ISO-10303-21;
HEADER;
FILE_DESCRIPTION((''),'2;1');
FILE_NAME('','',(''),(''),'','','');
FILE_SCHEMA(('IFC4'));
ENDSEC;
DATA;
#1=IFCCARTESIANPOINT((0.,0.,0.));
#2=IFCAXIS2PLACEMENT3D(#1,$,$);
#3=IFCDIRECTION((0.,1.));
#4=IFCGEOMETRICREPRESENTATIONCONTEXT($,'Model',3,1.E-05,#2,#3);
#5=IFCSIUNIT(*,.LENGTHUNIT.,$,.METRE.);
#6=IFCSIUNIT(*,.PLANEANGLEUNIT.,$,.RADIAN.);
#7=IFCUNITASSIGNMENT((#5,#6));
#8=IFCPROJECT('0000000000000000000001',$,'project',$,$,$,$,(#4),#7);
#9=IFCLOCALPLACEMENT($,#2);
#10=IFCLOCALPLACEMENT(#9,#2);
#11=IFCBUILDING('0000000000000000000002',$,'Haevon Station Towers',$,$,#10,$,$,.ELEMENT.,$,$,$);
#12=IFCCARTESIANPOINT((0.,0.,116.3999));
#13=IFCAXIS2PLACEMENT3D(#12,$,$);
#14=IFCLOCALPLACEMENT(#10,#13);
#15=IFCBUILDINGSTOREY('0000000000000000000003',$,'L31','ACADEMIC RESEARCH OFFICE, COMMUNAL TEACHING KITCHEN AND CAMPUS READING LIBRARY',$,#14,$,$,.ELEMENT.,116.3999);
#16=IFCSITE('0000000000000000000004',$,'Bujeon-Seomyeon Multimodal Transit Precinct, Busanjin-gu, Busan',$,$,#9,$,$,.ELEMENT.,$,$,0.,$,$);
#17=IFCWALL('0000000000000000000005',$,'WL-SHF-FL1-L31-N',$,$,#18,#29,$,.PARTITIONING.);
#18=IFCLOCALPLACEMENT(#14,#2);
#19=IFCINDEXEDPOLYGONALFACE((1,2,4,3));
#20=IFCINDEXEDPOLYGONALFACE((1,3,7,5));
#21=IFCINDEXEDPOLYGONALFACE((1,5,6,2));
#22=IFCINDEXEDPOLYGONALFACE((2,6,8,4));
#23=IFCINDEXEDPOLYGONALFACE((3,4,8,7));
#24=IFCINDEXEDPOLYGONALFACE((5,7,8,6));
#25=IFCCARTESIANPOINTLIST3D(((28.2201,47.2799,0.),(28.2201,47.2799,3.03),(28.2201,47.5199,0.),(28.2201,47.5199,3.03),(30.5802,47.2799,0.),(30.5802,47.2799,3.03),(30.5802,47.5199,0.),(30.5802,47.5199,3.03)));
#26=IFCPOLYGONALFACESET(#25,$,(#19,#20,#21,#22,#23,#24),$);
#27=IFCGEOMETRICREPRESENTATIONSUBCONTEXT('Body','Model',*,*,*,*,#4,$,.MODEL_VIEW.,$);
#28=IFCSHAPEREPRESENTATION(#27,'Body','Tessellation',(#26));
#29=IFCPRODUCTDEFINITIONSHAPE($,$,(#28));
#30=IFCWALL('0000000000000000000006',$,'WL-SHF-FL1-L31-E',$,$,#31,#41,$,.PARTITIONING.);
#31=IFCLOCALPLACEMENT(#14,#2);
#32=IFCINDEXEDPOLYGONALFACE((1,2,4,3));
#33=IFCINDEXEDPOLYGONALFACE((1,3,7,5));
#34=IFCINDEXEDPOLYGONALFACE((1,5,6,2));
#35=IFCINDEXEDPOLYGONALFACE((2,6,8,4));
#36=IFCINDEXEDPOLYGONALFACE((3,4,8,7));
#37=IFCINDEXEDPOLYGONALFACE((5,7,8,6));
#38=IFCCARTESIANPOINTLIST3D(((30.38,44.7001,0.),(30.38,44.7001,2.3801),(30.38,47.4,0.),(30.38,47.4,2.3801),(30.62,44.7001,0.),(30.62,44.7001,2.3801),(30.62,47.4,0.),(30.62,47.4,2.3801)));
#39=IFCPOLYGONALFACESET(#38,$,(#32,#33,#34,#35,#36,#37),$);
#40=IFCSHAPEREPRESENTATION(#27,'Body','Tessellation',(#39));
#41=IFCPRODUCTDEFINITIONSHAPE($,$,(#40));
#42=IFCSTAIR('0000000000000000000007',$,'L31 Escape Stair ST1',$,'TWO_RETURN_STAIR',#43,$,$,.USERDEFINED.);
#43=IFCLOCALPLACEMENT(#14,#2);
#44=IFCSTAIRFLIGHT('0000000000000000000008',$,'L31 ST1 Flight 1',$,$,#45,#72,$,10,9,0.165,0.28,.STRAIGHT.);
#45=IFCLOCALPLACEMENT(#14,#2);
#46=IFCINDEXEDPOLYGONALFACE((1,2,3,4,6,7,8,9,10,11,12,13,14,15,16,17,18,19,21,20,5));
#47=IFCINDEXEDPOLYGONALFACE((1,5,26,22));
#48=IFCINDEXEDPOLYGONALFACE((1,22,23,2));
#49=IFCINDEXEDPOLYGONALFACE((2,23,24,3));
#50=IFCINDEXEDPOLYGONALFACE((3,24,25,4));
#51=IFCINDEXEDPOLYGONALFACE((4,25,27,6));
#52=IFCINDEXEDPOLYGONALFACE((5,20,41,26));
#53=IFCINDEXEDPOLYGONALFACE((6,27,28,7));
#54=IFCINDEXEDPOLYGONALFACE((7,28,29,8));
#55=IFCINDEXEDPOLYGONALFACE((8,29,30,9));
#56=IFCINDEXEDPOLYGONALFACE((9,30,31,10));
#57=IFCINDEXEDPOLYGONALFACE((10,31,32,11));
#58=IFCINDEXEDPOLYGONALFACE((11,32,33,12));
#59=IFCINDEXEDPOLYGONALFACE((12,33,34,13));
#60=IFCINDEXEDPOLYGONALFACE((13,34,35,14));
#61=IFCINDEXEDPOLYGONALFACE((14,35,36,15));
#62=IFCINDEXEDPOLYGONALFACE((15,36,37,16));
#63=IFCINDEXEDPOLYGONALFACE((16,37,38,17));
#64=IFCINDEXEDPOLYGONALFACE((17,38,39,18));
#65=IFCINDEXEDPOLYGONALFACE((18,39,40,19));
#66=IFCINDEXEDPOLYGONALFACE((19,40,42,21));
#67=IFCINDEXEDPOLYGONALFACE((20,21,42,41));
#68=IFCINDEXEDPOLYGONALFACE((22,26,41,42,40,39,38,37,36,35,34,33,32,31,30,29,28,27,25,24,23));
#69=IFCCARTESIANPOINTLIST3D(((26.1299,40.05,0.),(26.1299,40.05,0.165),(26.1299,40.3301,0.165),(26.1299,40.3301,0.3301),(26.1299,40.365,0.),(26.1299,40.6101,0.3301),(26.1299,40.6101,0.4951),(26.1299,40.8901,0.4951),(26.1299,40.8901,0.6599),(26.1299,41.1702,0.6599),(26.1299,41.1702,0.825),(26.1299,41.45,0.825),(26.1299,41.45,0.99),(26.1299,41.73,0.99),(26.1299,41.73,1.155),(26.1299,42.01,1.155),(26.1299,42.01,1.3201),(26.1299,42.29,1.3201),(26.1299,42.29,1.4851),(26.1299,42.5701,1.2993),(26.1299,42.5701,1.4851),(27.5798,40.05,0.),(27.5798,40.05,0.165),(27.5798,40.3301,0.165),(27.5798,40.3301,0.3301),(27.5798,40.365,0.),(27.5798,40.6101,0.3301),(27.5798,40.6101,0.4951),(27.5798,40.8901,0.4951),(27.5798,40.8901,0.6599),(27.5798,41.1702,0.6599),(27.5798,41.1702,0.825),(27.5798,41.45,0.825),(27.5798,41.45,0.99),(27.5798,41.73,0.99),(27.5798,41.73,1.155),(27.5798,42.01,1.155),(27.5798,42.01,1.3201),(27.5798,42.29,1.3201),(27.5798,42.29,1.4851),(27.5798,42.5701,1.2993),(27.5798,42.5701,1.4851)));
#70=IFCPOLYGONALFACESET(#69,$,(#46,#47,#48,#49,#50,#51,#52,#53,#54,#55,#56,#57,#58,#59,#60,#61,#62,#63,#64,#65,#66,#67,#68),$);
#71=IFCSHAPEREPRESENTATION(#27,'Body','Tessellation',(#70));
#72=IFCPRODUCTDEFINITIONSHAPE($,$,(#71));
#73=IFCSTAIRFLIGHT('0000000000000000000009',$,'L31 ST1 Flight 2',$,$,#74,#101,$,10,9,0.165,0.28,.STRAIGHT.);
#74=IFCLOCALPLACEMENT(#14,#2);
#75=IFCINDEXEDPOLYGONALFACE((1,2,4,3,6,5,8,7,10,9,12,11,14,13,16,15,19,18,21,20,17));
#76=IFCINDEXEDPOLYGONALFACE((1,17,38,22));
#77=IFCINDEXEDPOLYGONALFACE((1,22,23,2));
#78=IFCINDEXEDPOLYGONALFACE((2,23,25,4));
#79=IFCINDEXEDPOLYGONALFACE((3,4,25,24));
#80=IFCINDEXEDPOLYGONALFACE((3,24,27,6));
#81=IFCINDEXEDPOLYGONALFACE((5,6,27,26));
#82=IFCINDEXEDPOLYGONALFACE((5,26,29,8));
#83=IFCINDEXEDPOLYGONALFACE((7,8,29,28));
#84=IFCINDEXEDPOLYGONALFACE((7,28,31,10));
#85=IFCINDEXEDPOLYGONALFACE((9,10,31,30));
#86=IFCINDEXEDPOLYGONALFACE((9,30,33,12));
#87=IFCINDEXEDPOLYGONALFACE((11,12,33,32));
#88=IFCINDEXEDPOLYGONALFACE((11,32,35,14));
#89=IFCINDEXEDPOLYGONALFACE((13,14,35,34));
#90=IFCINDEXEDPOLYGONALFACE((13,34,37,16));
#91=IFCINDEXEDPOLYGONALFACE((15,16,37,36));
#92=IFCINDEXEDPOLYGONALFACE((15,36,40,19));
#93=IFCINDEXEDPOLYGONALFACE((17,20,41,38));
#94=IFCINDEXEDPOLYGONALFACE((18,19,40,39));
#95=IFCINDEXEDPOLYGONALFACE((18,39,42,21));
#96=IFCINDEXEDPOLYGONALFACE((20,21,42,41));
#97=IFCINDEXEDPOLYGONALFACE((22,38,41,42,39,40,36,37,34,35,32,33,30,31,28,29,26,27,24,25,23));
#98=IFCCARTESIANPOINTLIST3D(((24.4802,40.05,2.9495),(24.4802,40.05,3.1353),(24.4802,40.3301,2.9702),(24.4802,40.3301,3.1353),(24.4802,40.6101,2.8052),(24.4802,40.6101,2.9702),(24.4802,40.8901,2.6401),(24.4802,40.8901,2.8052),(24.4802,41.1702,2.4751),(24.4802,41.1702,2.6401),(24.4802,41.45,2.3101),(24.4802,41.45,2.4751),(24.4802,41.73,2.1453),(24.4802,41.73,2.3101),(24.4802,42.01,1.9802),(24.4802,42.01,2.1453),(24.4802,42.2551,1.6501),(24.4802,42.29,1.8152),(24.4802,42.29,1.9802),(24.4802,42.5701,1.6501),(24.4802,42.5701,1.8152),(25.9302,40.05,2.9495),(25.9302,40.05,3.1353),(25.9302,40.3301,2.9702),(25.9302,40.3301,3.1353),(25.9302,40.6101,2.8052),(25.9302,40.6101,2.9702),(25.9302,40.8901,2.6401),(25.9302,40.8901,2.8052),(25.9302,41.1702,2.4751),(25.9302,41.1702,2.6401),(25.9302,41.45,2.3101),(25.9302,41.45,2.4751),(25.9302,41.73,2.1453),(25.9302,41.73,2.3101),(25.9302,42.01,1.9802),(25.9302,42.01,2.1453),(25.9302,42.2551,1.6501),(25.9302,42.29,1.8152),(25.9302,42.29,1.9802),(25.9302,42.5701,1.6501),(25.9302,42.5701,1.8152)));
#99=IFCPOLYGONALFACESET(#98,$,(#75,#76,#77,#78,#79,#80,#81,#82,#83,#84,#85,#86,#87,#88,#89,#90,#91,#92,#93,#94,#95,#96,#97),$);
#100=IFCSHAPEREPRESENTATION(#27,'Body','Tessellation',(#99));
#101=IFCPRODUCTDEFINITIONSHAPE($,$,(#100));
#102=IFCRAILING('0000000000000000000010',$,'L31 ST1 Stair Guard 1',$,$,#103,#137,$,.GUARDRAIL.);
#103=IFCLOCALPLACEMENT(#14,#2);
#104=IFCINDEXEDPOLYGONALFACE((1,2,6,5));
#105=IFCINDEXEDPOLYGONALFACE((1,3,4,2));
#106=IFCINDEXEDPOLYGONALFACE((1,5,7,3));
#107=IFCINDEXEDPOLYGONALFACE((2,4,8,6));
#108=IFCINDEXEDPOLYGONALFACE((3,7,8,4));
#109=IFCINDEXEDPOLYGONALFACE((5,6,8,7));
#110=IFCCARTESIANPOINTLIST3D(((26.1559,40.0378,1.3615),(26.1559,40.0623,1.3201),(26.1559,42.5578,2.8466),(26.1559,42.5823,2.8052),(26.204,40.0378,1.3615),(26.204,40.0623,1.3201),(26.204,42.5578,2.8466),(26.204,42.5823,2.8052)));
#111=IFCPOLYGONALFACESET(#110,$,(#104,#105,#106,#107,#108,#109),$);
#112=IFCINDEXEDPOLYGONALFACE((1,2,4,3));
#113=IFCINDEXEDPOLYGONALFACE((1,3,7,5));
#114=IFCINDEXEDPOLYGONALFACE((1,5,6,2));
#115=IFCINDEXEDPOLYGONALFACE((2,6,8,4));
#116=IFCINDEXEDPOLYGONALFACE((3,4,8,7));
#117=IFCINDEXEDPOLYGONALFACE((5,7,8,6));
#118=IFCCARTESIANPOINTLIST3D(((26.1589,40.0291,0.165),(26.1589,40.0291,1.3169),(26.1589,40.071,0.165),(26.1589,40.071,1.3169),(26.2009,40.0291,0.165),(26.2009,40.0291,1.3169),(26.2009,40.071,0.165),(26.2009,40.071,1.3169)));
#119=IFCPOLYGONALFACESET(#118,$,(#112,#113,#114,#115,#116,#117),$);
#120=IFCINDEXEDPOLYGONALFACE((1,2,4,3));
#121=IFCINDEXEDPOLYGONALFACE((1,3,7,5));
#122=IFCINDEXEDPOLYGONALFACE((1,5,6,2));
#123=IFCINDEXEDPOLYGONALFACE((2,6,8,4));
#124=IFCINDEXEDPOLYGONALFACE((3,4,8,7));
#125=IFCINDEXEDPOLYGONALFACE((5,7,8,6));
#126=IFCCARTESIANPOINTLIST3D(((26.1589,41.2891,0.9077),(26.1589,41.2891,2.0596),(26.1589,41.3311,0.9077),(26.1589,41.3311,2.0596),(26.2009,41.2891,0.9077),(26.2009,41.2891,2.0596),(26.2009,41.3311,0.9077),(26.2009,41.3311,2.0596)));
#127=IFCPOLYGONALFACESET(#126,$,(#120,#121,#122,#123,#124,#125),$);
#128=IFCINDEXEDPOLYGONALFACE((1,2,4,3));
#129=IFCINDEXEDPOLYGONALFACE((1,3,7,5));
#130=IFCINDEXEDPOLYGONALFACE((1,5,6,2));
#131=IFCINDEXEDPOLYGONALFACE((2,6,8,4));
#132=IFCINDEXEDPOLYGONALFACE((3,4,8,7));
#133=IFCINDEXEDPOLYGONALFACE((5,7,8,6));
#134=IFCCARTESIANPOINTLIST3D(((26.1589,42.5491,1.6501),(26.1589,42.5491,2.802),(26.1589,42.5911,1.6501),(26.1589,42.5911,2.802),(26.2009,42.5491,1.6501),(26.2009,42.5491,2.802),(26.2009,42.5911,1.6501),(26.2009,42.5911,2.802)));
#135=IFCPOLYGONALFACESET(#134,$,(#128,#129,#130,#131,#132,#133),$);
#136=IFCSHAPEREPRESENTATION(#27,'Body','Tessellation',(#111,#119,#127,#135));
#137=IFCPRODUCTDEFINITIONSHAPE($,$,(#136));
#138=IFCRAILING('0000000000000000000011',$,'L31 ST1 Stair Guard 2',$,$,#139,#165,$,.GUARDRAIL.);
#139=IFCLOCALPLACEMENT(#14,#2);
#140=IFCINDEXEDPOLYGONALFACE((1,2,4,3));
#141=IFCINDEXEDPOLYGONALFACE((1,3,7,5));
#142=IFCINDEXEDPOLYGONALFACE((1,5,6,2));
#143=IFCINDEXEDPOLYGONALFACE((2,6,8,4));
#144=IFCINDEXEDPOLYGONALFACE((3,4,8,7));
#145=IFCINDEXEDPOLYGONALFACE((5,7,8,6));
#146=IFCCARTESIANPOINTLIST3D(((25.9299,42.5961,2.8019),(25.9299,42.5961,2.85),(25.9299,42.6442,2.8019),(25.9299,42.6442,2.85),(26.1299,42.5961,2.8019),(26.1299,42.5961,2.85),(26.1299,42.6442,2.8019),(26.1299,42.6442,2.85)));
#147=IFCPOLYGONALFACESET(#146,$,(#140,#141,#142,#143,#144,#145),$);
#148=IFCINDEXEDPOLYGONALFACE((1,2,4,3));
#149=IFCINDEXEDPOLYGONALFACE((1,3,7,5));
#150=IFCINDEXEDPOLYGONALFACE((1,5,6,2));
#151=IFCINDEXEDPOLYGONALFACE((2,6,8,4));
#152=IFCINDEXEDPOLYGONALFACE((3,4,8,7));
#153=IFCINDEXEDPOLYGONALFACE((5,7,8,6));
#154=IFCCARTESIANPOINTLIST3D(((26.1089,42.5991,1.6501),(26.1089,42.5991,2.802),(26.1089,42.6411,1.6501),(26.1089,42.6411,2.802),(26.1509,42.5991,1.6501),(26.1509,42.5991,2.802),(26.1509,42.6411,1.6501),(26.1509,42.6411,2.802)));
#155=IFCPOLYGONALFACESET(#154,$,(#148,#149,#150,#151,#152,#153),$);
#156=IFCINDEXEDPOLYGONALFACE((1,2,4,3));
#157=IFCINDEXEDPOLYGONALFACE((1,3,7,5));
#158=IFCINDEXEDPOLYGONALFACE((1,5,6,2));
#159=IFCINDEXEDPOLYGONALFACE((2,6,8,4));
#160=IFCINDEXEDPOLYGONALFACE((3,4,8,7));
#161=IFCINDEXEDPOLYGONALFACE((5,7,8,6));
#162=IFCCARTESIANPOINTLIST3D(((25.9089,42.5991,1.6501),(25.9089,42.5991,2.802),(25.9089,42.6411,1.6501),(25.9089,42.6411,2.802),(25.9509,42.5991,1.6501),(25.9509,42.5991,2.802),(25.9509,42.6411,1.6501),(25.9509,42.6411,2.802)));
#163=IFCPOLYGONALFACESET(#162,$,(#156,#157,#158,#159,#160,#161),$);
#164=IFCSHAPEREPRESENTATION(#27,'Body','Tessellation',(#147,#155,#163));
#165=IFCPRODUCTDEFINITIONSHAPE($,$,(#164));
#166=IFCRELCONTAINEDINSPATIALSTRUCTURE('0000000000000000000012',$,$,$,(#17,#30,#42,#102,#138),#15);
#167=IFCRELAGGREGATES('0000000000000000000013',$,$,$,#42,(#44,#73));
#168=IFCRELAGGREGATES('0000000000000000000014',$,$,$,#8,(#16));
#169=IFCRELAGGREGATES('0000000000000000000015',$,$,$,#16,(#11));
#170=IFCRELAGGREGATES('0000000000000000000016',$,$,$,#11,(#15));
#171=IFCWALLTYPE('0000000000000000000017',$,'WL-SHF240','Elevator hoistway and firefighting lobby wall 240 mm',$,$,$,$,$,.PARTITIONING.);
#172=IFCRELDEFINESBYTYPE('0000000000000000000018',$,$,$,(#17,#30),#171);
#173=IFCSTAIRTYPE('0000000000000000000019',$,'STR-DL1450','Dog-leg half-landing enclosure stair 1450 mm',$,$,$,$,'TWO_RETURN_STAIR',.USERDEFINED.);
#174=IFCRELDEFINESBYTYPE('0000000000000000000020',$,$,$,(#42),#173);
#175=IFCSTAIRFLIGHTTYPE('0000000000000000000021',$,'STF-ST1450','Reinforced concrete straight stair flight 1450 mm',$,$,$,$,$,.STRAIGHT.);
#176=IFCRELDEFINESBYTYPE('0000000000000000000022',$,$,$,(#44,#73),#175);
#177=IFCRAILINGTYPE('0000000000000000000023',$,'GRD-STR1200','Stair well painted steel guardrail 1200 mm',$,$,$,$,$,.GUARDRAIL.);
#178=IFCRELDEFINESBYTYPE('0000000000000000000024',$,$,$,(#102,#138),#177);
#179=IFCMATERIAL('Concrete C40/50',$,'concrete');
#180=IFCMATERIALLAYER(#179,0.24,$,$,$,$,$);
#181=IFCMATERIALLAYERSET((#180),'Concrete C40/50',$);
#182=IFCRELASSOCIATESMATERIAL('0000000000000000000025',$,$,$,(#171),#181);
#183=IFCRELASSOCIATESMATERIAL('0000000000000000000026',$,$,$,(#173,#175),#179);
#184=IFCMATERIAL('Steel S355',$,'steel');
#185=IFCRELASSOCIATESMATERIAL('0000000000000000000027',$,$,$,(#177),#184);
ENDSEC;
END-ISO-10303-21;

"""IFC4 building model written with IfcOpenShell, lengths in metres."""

from ifc_helpers import new_model, si_unit, direction, frame, frame_2d, origin, origin_2d, place, context, subcontext, project, spatial, polyline, rectangle, outline, extrude, material, layer, layer_set, type_object, element, aggregate, save


model = new_model("IFC4")

# Units and contexts
model_context = context("Model", 3, precision=1e-05, world=origin(), true_north=direction((0.0, 1.0)))
body_context = subcontext(model_context, "Body", "Model", "MODEL_VIEW")
ifc_project = project(units=[si_unit("LENGTHUNIT", "METRE"), si_unit("PLANEANGLEUNIT", "RADIAN")], contexts=[model_context])

# Site, building, storey
site_placement = place(None, origin())
site = spatial("IfcSite", under=ifc_project, at=site_placement, Name="Bujeon-Seomyeon Multimodal Transit Precinct, Busanjin-gu, Busan", CompositionType="ELEMENT", RefElevation=0.0)
building_placement = place(site_placement, origin())
building = spatial("IfcBuilding", under=site, at=building_placement, Name="Haevon Station Towers", CompositionType="ELEMENT")
storey_placement = place(building_placement, frame((0.0, 0.0, 116.3999)))
storey = spatial("IfcBuildingStorey", under=building, at=storey_placement, Name="L31", Description="ACADEMIC RESEARCH OFFICE, COMMUNAL TEACHING KITCHEN AND CAMPUS READING LIBRARY", CompositionType="ELEMENT", Elevation=116.3999)

# Shared definitions
ifc_material_1 = material(Name="Steel S355", Category="steel")

# Shared definitions
ifc_material_2 = material(Name="Concrete C40/50", Category="concrete")
ifc_layer_1 = layer(ifc_material_2, 0.24)
ifc_layer_set_1 = layer_set([ifc_layer_1], Name="Concrete C40/50")
wall_type_1 = type_object("IfcWallType", Name="WL-SHF240", Description="Elevator hoistway and firefighting lobby wall 240 mm", PredefinedType="PARTITIONING", material=ifc_layer_set_1)

# Walls
wall_1_placement = place(storey_placement, frame((28.22, 47.3999, 0.0), z_axis=(0.0, 0.0, 1.0), x_axis=(1.0, 0.0, 0.0)))
element("IfcWall", 1, at=wall_1_placement, inside=storey, type_object=wall_type_1, Name="WL-SHF-FL1-L31-N", PredefinedType="PARTITIONING", context=body_context, shape_type="SweptSolid", body=[
    extrude(rectangle(XDim=2.3601, YDim=0.24, at=frame_2d((1.1802, 0.0))), origin(), (0.0, 0.0, 1.0), 3.03),
])
wall_2_placement = place(storey_placement, frame((30.5, 44.7, 0.0), z_axis=(0.0, 0.0, 1.0), x_axis=(0.0, 1.0, 0.0)))
element("IfcWall", 2, at=wall_2_placement, inside=storey, type_object=wall_type_1, Name="WL-SHF-FL1-L31-E", PredefinedType="PARTITIONING", context=body_context, shape_type="SweptSolid", body=[
    extrude(rectangle(XDim=2.7, YDim=0.24, at=frame_2d((1.3501, 0.0))), origin(), (0.0, 0.0, 1.0), 2.3801),
])

# Stair, stair flights
stair_type = type_object("IfcStairType", Name="STR-DL1450", Description="Dog-leg half-landing enclosure stair 1450 mm", ElementType="TWO_RETURN_STAIR", PredefinedType="USERDEFINED", material=ifc_material_2)
stair_placement = place(storey_placement, origin())
stair = element("IfcStair", 3, at=stair_placement, inside=storey, type_object=stair_type, Name="L31 Escape Stair ST1", ObjectType="TWO_RETURN_STAIR", PredefinedType="USERDEFINED")
stair_flight_type = type_object("IfcStairFlightType", Name="STF-ST1450", Description="Reinforced concrete straight stair flight 1450 mm", PredefinedType="STRAIGHT", material=ifc_material_2)
stair_flight_1_placement = place(storey_placement, frame((26.855, 40.05, 0.0), z_axis=(0.0, 0.0, 1.0), x_axis=(0.0, 1.0, 0.0)))
stair_flight_1 = element("IfcStairFlight", 4, at=stair_flight_1_placement, type_object=stair_flight_type, Name="L31 ST1 Flight 1", NumberOfRisers=10, NumberOfTreads=9, PredefinedType="STRAIGHT", RiserHeight=0.165, TreadLength=0.28, context=body_context, shape_type="SweptSolid", body=[
    extrude(outline(polyline([(0.0, 0.0), (0.0, 0.165), (0.28, 0.165), (0.28, 0.3301), (0.5601, 0.3301), (0.5601, 0.4951), (0.8401, 0.4951), (0.8401, 0.6599), (1.1201, 0.6599), (1.1201, 0.825), (1.3999, 0.825), (1.3999, 0.99), (1.6799, 0.99), (1.6799, 1.155), (1.96, 1.155), (1.96, 1.3201), (2.24, 1.3201), (2.24, 1.4851), (2.52, 1.4851), (2.52, 1.6499), (2.52, 1.2993), (0.3149, 0.0), (0.0, 0.0)])), frame((0.0, 0.7251, 0.0), z_axis=(0.0, -1.0, 0.0), x_axis=(1.0, 0.0, 0.0)), (0.0, 0.0, 1.0), 1.45),
])
stair_flight_2_placement = place(storey_placement, frame((25.2051, 42.5701, 1.6501), z_axis=(0.0, 0.0, 1.0), x_axis=(0.0, -1.0, 0.0)))
stair_flight_2 = element("IfcStairFlight", 5, at=stair_flight_2_placement, type_object=stair_flight_type, Name="L31 ST1 Flight 2", NumberOfRisers=10, NumberOfTreads=9, PredefinedType="STRAIGHT", RiserHeight=0.165, TreadLength=0.28, context=body_context, shape_type="SweptSolid", body=[
    extrude(outline(polyline([(0.0, 0.0), (0.0, 0.165), (0.28, 0.165), (0.28, 0.3301), (0.5601, 0.3301), (0.5601, 0.4951), (0.8401, 0.4951), (0.8401, 0.6599), (1.1201, 0.6599), (1.1201, 0.825), (1.3999, 0.825), (1.3999, 0.99), (1.6799, 0.99), (1.6799, 1.155), (1.96, 1.155), (1.96, 1.3201), (2.24, 1.3201), (2.24, 1.4851), (2.52, 1.4851), (2.52, 1.6499), (2.52, 1.2993), (0.3149, 0.0), (0.0, 0.0)])), frame((0.0, 0.7251, 0.0), z_axis=(0.0, -1.0, 0.0), x_axis=(1.0, 0.0, 0.0)), (0.0, 0.0, 1.0), 1.45),
])
aggregate(stair, [stair_flight_1, stair_flight_2])

# Railings
railing_type_1 = type_object("IfcRailingType", Name="GRD-STR1200", Description="Stair well painted steel guardrail 1200 mm", PredefinedType="GUARDRAIL", material=ifc_material_1)
railing_1_placement = place(storey_placement, frame((26.1799, 40.05, 0.165)))
element("IfcRailing", 6, at=railing_1_placement, inside=storey, type_object=railing_type_1, Name="L31 ST1 Stair Guard 1", PredefinedType="GUARDRAIL", context=body_context, shape_type="SweptSolid", body=[
    extrude(rectangle(XDim=0.0481, YDim=0.0481, at=origin_2d()), frame((0.0, 0.0, 1.1758), z_axis=(0.0, 0.861524, 0.507717), x_axis=(-1.0, 0.0, 0.0)), (0.0, 0.0, 1.0), 2.925),
    extrude(rectangle(XDim=0.042, YDim=0.042, at=origin_2d()), origin(), (0.0, 0.0, 1.0), 1.1519),
    extrude(rectangle(XDim=0.042, YDim=0.042, at=origin_2d()), frame((0.0, 1.26, 0.7427)), (0.0, 0.0, 1.0), 1.1519),
    extrude(rectangle(XDim=0.042, YDim=0.042, at=origin_2d()), frame((0.0, 2.52, 1.4851)), (0.0, 0.0, 1.0), 1.1519),
])
railing_2_placement = place(storey_placement, frame((26.1299, 42.6201, 1.6501)))
element("IfcRailing", 7, at=railing_2_placement, inside=storey, type_object=railing_type_1, Name="L31 ST1 Stair Guard 2", PredefinedType="GUARDRAIL", context=body_context, shape_type="SweptSolid", body=[
    extrude(rectangle(XDim=0.0481, YDim=0.0481, at=origin_2d()), frame((0.0, 0.0, 1.1758), z_axis=(-1.0, 0.0, 0.0), x_axis=(0.0, -1.0, 0.0)), (0.0, 0.0, 1.0), 0.2),
    extrude(rectangle(XDim=0.042, YDim=0.042, at=origin_2d()), origin(), (0.0, 0.0, 1.0), 1.1519),
    extrude(rectangle(XDim=0.042, YDim=0.042, at=origin_2d()), frame((-0.2, 0.0, 0.0)), (0.0, 0.0, 1.0), 1.1519),
])

save(model, "model.ifc")
